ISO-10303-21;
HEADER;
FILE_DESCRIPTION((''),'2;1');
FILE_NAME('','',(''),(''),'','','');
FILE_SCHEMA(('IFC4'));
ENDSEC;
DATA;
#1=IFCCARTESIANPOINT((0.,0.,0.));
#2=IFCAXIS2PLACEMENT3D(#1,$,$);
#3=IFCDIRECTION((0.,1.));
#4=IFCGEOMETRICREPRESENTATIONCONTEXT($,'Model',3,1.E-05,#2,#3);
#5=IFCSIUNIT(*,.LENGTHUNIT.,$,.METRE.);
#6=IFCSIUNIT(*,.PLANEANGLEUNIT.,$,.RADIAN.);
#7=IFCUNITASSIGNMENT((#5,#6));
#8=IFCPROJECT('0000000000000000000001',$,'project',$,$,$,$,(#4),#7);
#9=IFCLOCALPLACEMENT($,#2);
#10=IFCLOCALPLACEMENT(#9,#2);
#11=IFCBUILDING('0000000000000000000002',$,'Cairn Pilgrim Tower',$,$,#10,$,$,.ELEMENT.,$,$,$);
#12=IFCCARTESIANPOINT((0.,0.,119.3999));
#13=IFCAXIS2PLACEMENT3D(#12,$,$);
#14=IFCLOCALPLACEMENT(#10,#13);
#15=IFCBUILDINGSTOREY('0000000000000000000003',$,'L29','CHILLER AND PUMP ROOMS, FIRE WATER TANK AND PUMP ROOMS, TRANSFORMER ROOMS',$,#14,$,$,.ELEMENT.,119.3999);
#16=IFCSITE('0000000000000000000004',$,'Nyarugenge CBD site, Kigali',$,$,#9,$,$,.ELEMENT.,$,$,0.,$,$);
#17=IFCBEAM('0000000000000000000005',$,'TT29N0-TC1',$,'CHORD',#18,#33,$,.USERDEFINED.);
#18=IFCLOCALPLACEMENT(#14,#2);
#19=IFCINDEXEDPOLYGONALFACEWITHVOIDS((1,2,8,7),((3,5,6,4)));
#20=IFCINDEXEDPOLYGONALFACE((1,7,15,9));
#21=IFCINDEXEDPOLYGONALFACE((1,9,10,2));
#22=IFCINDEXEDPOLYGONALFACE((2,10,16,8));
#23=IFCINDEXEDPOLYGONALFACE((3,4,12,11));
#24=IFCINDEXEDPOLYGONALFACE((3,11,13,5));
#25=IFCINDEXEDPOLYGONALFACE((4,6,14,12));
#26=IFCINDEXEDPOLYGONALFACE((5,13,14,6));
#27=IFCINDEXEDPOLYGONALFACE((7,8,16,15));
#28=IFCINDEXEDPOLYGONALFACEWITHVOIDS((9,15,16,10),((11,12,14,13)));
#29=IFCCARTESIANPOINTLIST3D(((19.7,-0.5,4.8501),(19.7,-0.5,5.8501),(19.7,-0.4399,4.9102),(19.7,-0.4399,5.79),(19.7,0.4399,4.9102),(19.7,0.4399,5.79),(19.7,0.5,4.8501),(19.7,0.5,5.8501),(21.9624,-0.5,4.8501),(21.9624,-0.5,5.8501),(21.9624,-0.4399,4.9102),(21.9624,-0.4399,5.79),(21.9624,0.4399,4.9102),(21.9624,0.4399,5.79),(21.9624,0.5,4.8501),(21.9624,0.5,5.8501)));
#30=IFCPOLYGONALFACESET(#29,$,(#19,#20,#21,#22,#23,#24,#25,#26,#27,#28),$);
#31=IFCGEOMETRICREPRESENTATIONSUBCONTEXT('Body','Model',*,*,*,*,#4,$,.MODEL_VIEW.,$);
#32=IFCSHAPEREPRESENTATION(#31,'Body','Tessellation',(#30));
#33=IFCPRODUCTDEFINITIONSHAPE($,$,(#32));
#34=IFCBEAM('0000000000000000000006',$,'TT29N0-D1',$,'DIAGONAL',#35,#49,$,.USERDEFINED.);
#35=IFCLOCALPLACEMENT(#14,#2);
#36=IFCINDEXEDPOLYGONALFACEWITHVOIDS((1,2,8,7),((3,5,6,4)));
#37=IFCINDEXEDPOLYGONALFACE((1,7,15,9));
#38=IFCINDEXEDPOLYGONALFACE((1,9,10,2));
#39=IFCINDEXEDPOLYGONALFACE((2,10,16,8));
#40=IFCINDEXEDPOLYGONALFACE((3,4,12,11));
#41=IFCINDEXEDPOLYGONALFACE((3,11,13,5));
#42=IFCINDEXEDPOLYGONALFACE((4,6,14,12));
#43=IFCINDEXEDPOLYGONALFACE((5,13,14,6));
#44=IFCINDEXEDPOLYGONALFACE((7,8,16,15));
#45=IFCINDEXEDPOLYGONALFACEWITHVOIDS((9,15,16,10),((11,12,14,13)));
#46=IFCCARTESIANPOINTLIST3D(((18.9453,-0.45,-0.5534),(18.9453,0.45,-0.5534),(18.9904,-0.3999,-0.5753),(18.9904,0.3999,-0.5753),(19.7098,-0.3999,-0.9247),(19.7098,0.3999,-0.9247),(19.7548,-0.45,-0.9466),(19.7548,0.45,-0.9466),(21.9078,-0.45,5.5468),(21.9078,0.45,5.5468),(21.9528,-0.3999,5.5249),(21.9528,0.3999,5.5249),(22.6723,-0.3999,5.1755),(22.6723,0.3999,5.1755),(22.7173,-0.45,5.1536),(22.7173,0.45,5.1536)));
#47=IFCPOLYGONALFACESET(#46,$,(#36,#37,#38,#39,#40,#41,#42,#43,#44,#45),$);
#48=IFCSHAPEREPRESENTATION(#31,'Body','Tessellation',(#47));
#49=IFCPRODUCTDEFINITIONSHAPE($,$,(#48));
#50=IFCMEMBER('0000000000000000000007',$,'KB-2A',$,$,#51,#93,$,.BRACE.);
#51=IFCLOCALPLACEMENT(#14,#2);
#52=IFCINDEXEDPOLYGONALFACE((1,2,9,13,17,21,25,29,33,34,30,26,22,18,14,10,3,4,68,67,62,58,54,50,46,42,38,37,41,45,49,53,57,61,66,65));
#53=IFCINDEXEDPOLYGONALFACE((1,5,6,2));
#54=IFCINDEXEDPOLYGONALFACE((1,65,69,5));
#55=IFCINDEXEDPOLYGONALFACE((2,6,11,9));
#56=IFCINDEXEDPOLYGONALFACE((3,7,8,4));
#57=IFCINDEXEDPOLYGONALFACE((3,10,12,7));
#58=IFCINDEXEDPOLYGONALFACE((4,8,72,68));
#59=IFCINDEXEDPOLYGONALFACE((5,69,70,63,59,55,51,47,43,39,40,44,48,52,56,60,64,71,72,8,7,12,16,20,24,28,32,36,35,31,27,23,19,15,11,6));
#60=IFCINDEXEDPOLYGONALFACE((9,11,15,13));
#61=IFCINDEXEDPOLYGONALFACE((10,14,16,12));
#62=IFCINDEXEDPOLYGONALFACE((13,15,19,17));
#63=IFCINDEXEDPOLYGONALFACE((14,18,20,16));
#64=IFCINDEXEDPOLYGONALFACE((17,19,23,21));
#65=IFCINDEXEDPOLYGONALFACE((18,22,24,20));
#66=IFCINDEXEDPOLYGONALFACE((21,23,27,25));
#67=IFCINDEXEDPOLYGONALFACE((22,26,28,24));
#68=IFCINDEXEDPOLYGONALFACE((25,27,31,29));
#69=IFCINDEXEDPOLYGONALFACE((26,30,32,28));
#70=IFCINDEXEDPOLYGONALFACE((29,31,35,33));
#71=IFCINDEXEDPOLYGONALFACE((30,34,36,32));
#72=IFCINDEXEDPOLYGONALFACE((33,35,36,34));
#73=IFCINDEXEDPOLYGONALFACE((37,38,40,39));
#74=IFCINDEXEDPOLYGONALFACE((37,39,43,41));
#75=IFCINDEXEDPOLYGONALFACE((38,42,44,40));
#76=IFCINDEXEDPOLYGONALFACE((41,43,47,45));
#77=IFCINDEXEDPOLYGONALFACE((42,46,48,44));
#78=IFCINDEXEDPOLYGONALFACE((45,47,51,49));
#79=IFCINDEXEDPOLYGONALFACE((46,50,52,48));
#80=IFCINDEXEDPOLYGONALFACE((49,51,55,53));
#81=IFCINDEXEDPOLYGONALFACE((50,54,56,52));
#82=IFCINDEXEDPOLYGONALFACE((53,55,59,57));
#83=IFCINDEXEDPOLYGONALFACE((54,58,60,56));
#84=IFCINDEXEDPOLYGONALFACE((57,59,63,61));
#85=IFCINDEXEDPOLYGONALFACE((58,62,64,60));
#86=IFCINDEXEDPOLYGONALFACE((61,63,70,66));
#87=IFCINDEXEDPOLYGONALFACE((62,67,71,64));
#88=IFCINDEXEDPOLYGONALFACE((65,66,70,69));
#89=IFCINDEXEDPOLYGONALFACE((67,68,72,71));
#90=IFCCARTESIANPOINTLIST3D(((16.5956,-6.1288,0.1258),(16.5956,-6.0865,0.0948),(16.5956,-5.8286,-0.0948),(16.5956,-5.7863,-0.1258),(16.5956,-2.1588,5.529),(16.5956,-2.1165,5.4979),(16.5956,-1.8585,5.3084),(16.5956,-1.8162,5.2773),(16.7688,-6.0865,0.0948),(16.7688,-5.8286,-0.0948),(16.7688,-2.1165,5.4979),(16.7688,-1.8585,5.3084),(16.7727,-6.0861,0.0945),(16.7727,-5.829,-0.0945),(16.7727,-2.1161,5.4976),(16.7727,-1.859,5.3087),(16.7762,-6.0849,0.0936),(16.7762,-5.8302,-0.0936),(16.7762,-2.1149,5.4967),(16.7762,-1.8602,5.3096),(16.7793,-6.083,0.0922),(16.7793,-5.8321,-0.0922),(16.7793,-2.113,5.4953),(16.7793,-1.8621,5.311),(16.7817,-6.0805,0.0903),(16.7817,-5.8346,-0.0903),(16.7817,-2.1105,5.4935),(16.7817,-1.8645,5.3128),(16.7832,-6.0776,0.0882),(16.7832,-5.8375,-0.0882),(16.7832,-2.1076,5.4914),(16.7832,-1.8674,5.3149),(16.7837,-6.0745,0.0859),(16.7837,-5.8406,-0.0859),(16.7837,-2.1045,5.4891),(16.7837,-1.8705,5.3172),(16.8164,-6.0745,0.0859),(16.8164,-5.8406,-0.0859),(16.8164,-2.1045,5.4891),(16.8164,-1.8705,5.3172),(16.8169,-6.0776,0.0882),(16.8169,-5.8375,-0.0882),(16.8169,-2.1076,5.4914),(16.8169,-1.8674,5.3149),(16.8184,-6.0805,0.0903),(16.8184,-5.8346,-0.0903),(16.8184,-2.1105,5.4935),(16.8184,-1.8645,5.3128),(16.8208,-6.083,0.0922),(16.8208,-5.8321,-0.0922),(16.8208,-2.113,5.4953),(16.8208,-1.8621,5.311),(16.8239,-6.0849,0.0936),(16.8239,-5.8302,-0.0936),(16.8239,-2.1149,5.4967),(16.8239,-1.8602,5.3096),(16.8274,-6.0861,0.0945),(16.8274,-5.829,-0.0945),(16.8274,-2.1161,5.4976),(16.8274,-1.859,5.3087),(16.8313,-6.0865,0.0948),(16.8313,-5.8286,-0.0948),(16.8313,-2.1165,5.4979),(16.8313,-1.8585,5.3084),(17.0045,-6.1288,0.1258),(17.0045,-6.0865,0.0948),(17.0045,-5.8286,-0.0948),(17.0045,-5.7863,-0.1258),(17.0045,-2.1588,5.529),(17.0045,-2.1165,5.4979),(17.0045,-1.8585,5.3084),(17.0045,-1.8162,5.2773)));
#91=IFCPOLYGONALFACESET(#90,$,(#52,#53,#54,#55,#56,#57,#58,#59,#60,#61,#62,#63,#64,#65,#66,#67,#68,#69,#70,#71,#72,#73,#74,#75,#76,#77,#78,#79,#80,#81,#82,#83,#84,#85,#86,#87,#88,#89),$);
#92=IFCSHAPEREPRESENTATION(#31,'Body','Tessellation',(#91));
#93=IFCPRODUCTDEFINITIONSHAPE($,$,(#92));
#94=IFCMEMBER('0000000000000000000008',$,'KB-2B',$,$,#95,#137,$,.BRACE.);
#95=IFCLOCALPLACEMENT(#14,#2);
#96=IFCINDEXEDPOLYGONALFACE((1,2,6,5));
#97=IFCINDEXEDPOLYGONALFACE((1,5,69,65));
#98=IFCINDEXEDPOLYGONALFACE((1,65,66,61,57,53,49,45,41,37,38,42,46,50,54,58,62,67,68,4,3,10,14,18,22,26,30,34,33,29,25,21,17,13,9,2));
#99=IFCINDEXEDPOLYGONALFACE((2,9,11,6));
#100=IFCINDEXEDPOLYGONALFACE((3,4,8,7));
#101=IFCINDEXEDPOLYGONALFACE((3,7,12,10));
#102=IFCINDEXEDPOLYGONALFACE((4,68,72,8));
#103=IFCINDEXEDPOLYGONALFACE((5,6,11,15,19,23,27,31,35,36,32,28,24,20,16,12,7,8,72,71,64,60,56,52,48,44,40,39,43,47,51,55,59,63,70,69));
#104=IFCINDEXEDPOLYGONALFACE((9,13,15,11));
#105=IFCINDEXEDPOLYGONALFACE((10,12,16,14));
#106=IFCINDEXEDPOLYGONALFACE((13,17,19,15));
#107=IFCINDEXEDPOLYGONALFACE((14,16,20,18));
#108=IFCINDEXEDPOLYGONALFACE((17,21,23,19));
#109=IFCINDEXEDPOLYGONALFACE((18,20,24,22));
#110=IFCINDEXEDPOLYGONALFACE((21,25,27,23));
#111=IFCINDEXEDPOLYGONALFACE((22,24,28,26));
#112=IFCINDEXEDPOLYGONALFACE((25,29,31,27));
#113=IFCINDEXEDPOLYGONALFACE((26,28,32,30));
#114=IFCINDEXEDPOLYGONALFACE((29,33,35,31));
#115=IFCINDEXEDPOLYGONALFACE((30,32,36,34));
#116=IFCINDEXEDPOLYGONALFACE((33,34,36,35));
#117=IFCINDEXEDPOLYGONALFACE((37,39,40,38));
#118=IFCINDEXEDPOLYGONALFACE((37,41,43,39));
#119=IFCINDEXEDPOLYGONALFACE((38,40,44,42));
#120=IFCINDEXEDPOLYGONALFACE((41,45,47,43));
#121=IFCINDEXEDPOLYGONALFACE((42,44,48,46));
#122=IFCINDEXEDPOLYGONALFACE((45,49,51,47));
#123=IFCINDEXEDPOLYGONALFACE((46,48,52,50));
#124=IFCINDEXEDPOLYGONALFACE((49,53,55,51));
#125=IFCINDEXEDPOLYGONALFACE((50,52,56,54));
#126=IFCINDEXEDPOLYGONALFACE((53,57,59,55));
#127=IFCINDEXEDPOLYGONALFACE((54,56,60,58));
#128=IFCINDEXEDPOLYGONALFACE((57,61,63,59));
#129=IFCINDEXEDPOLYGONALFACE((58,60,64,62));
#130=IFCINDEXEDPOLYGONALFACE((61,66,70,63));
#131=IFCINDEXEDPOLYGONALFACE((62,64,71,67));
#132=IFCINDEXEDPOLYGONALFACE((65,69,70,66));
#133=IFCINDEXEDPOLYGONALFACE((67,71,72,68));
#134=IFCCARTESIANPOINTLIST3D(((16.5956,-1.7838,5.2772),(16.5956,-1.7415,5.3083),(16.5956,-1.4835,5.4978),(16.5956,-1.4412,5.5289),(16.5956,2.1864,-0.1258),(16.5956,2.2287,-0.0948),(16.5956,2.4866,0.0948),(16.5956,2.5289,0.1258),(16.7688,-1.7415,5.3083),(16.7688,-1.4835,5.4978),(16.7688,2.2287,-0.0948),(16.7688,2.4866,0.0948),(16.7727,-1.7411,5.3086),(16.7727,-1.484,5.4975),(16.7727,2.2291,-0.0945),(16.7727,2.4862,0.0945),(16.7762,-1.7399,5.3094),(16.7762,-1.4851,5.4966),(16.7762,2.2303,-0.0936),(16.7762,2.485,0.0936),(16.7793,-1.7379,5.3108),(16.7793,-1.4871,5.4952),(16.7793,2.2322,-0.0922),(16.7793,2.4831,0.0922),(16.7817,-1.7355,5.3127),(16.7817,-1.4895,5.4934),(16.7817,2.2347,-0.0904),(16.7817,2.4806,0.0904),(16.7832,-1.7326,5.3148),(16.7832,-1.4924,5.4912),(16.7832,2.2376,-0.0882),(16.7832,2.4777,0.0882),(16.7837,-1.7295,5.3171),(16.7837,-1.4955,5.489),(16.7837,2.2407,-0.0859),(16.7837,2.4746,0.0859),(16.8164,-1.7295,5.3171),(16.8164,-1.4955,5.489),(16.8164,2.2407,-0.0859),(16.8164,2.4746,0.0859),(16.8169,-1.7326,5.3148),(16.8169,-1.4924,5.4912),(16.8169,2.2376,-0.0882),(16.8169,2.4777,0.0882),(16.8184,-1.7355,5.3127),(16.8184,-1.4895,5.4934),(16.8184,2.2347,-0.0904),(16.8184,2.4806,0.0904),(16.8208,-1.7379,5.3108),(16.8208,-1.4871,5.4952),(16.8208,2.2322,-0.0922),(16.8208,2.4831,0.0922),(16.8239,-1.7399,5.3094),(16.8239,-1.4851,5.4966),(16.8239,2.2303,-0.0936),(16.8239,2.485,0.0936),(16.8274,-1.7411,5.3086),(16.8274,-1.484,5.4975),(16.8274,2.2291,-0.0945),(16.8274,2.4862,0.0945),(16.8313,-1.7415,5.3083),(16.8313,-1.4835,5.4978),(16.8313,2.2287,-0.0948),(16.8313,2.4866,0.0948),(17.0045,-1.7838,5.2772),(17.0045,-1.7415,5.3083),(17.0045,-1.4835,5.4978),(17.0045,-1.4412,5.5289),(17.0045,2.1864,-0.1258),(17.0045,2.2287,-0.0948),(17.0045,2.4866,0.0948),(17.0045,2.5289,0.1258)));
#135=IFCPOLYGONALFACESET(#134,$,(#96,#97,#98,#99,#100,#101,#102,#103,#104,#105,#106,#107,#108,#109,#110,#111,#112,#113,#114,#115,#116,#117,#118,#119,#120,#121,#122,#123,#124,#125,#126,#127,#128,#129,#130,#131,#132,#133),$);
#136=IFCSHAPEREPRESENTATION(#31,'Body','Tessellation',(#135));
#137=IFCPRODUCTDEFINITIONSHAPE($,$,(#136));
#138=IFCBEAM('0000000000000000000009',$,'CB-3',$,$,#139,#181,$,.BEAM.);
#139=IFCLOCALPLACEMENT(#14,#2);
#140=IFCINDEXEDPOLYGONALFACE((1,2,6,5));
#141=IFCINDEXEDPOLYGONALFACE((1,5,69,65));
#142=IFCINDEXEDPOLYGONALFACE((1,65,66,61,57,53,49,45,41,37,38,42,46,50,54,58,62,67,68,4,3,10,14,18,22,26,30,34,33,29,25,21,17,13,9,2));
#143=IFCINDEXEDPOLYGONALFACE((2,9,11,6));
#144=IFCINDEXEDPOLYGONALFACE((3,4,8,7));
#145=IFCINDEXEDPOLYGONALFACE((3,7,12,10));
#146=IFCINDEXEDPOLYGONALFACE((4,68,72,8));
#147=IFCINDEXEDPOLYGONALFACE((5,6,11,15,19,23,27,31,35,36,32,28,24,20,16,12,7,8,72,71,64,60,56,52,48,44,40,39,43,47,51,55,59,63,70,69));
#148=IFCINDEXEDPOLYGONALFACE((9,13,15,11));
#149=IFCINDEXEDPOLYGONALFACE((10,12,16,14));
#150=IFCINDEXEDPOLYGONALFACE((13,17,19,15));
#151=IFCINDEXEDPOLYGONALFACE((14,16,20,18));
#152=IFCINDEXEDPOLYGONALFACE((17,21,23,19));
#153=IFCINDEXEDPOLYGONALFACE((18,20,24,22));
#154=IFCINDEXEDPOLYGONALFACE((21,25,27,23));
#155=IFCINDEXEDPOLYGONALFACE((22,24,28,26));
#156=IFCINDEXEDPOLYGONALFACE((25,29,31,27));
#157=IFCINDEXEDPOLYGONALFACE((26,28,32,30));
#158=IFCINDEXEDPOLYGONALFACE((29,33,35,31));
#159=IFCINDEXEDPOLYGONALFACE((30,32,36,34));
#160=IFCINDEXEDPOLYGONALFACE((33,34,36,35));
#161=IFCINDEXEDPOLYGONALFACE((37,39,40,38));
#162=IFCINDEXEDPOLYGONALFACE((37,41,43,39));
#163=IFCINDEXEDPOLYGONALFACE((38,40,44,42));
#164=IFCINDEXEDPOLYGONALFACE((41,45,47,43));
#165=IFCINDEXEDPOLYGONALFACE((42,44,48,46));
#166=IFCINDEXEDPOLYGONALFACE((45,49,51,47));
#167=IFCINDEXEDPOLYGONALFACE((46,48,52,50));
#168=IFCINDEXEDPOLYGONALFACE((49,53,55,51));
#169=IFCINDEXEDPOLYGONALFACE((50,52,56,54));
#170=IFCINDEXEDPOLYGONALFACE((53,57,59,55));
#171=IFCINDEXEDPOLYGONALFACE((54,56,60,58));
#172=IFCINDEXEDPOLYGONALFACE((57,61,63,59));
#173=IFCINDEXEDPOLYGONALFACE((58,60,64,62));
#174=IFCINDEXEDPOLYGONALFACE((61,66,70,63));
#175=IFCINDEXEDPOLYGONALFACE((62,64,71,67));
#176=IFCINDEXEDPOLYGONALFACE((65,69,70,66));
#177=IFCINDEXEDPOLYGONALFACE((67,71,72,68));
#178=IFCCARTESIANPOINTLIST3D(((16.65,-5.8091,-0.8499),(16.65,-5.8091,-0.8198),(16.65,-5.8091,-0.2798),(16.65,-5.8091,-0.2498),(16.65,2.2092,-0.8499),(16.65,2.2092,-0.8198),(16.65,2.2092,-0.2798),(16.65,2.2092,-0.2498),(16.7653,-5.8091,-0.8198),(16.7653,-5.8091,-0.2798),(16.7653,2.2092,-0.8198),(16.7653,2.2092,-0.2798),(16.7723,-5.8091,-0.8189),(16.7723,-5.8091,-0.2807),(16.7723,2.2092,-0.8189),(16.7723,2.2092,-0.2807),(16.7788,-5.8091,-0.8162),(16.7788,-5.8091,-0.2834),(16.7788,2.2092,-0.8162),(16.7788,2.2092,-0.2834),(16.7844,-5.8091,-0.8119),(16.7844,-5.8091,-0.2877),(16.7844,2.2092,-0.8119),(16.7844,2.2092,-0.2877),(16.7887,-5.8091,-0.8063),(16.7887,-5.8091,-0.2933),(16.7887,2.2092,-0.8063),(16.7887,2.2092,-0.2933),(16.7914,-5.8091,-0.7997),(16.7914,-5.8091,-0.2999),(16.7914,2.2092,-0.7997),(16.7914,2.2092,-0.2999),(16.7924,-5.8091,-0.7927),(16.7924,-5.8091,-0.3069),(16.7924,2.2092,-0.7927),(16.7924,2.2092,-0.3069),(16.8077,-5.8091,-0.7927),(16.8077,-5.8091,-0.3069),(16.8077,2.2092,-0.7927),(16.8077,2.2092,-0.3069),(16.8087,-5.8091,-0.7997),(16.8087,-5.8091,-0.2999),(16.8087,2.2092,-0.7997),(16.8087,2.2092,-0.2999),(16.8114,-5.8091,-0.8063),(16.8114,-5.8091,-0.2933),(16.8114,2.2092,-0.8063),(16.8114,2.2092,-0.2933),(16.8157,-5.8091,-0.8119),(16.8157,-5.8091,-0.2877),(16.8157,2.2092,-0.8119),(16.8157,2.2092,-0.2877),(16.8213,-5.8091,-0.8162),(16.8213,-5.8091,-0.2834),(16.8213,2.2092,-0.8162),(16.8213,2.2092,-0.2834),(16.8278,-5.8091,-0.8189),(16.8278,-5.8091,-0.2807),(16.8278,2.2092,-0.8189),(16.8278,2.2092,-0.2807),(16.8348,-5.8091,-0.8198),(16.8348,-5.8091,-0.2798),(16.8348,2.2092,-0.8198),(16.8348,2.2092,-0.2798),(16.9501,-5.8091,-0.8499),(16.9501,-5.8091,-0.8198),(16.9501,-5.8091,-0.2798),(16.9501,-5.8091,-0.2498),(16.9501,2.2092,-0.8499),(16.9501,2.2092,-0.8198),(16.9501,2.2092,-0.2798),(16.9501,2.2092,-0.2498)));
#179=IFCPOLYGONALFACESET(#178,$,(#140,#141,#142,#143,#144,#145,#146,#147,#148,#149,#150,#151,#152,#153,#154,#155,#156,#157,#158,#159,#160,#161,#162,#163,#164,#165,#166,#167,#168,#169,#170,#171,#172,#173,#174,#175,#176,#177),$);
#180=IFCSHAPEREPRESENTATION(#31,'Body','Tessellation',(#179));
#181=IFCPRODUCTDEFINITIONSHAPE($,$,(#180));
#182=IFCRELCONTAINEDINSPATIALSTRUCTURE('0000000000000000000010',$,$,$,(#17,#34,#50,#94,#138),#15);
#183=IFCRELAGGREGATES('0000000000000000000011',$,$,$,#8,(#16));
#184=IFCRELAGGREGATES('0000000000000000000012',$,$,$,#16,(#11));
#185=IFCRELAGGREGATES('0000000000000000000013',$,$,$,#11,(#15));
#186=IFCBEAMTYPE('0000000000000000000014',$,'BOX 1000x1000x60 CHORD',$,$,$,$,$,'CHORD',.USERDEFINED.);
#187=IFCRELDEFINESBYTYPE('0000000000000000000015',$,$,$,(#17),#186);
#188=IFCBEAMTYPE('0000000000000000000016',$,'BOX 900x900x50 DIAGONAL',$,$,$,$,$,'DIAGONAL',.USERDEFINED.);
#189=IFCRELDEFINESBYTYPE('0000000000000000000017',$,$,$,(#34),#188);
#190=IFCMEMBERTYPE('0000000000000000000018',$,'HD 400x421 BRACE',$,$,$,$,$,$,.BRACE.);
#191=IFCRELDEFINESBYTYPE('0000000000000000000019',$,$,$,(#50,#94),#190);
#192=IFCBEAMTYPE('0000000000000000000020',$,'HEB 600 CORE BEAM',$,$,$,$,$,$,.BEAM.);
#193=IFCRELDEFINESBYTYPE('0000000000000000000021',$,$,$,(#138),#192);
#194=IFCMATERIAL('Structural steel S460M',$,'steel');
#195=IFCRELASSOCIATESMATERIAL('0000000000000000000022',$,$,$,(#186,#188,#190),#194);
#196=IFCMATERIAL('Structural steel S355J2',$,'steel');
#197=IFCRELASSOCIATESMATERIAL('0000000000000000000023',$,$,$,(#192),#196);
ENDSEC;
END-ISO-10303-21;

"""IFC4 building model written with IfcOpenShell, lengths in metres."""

from ifc_helpers import new_model, si_unit, direction, frame, origin, origin_2d, place, context, subcontext, project, spatial, hollow_rectangle, i_section, extrude, material, material_profile, profile_set, type_object, element, save


model = new_model("IFC4")

# Units and contexts
model_context = context("Model", 3, precision=1e-05, world=origin(), true_north=direction((0.0, 1.0)))
body_context = subcontext(model_context, "Body", "Model", "MODEL_VIEW")
ifc_project = project(units=[si_unit("LENGTHUNIT", "METRE"), si_unit("PLANEANGLEUNIT", "RADIAN")], contexts=[model_context])

# Site, building, storey
site_placement = place(None, origin())
site = spatial("IfcSite", under=ifc_project, at=site_placement, Name="Nyarugenge CBD site, Kigali", CompositionType="ELEMENT", RefElevation=0.0)
building_placement = place(site_placement, origin())
building = spatial("IfcBuilding", under=site, at=building_placement, Name="Cairn Pilgrim Tower", CompositionType="ELEMENT")
storey_placement = place(building_placement, frame((0.0, 0.0, 119.3999)))
storey = spatial("IfcBuildingStorey", under=building, at=storey_placement, Name="L29", Description="CHILLER AND PUMP ROOMS, FIRE WATER TANK AND PUMP ROOMS, TRANSFORMER ROOMS", CompositionType="ELEMENT", Elevation=119.3999)

# Shared definitions
ifc_material_1 = material(Name="Structural steel S460M", Category="steel")

# Beams
ifc_material_profile_1 = material_profile(ifc_material_1, hollow_rectangle(XDim=1.0, YDim=1.0, WallThickness=0.0601, at=origin_2d()), Name="BOX 1000x1000x60")
ifc_profile_set_1 = profile_set([ifc_material_profile_1], Name="Structural steel S460M")
beam_type_1 = type_object("IfcBeamType", Name="BOX 1000x1000x60 CHORD", ElementType="CHORD", PredefinedType="USERDEFINED", material=ifc_profile_set_1)
beam_1_placement = place(storey_placement, frame((19.7, 0.0, 5.3501), z_axis=(1.0, 0.0, 0.0), x_axis=(0.0, 1.0, 0.0)))
element("IfcBeam", 1, at=beam_1_placement, inside=storey, type_object=beam_type_1, Name="TT29N0-TC1", ObjectType="CHORD", PredefinedType="USERDEFINED", context=body_context, shape_type="SweptSolid", body=[
    extrude(hollow_rectangle(XDim=1.0, YDim=1.0, WallThickness=0.0601, at=origin_2d()), origin(), (0.0, 0.0, 1.0), 2.2625),
])
ifc_material_profile_2 = material_profile(ifc_material_1, hollow_rectangle(XDim=0.8999, YDim=0.8999, WallThickness=0.05, at=origin_2d()), Name="BOX 900x900x50")
ifc_profile_set_2 = profile_set([ifc_material_profile_2], Name="Structural steel S460M")
beam_type_2 = type_object("IfcBeamType", Name="BOX 900x900x50 DIAGONAL", ElementType="DIAGONAL", PredefinedType="USERDEFINED", material=ifc_profile_set_2)
beam_2_placement = place(storey_placement, frame((19.3501, 0.0, -0.75), z_axis=(0.436844, 0.0, 0.899537), x_axis=(0.0, 1.0, 0.0)))
element("IfcBeam", 2, at=beam_2_placement, inside=storey, type_object=beam_type_2, Name="TT29N0-D1", ObjectType="DIAGONAL", PredefinedType="USERDEFINED", context=body_context, shape_type="SweptSolid", body=[
    extrude(hollow_rectangle(XDim=0.8999, YDim=0.8999, WallThickness=0.05, at=origin_2d()), origin(), (0.0, 0.0, 1.0), 6.7815),
])

# Members
ifc_material_profile_3 = material_profile(ifc_material_1, i_section(OverallWidth=0.4089, OverallDepth=0.425, WebThickness=0.0327, FlangeThickness=0.0525, FilletRadius=0.0149, at=origin_2d()), Name="HD 400x421")
ifc_profile_set_3 = profile_set([ifc_material_profile_3], Name="Structural steel S460M")
member_type = type_object("IfcMemberType", Name="HD 400x421 BRACE", PredefinedType="BRACE", material=ifc_profile_set_3)
for number, where, z_axis, x_axis, name in (
    (3, (16.8, -5.9575, 0.0), (0.0, 0.592112, 0.805856), (-1.0, 0.0, 0.0), "KB-2A"),
    (4, (16.8, 2.3577, 0.0), (0.0, -0.592135, 0.805839), (1.0, 0.0, 0.0), "KB-2B"),
):
    element("IfcMember", number, at=place(storey_placement, frame(where, z_axis=z_axis, x_axis=x_axis)), inside=storey, type_object=member_type, Name=name, PredefinedType="BRACE", context=body_context, shape_type="SweptSolid", body=[
        extrude(i_section(OverallWidth=0.4089, OverallDepth=0.425, WebThickness=0.0327, FlangeThickness=0.0525, FilletRadius=0.0149, at=origin_2d()), origin(), (0.0, 0.0, 1.0), 6.7048),
    ])

# Beam
ifc_material_2 = material(Name="Structural steel S355J2", Category="steel")
ifc_material_profile_4 = material_profile(ifc_material_2, i_section(OverallWidth=0.3, OverallDepth=0.6001, WebThickness=0.0154, FlangeThickness=0.03, FilletRadius=0.0271, at=origin_2d()), Name="HEB 600")
ifc_profile_set_4 = profile_set([ifc_material_profile_4], Name="Structural steel S355J2")
beam_type_3 = type_object("IfcBeamType", Name="HEB 600 CORE BEAM", PredefinedType="BEAM", material=ifc_profile_set_4)
beam_3_placement = place(storey_placement, frame((16.8, -5.8091, -0.5498), z_axis=(0.0, 1.0, 0.0), x_axis=(-1.0, 0.0, 0.0)))
element("IfcBeam", 5, at=beam_3_placement, inside=storey, type_object=beam_type_3, Name="CB-3", PredefinedType="BEAM", context=body_context, shape_type="SweptSolid", body=[
    extrude(i_section(OverallWidth=0.3, OverallDepth=0.6001, WebThickness=0.0154, FlangeThickness=0.03, FilletRadius=0.0271, at=origin_2d()), origin(), (0.0, 0.0, 1.0), 8.0183),
])

save(model, "model.ifc")
